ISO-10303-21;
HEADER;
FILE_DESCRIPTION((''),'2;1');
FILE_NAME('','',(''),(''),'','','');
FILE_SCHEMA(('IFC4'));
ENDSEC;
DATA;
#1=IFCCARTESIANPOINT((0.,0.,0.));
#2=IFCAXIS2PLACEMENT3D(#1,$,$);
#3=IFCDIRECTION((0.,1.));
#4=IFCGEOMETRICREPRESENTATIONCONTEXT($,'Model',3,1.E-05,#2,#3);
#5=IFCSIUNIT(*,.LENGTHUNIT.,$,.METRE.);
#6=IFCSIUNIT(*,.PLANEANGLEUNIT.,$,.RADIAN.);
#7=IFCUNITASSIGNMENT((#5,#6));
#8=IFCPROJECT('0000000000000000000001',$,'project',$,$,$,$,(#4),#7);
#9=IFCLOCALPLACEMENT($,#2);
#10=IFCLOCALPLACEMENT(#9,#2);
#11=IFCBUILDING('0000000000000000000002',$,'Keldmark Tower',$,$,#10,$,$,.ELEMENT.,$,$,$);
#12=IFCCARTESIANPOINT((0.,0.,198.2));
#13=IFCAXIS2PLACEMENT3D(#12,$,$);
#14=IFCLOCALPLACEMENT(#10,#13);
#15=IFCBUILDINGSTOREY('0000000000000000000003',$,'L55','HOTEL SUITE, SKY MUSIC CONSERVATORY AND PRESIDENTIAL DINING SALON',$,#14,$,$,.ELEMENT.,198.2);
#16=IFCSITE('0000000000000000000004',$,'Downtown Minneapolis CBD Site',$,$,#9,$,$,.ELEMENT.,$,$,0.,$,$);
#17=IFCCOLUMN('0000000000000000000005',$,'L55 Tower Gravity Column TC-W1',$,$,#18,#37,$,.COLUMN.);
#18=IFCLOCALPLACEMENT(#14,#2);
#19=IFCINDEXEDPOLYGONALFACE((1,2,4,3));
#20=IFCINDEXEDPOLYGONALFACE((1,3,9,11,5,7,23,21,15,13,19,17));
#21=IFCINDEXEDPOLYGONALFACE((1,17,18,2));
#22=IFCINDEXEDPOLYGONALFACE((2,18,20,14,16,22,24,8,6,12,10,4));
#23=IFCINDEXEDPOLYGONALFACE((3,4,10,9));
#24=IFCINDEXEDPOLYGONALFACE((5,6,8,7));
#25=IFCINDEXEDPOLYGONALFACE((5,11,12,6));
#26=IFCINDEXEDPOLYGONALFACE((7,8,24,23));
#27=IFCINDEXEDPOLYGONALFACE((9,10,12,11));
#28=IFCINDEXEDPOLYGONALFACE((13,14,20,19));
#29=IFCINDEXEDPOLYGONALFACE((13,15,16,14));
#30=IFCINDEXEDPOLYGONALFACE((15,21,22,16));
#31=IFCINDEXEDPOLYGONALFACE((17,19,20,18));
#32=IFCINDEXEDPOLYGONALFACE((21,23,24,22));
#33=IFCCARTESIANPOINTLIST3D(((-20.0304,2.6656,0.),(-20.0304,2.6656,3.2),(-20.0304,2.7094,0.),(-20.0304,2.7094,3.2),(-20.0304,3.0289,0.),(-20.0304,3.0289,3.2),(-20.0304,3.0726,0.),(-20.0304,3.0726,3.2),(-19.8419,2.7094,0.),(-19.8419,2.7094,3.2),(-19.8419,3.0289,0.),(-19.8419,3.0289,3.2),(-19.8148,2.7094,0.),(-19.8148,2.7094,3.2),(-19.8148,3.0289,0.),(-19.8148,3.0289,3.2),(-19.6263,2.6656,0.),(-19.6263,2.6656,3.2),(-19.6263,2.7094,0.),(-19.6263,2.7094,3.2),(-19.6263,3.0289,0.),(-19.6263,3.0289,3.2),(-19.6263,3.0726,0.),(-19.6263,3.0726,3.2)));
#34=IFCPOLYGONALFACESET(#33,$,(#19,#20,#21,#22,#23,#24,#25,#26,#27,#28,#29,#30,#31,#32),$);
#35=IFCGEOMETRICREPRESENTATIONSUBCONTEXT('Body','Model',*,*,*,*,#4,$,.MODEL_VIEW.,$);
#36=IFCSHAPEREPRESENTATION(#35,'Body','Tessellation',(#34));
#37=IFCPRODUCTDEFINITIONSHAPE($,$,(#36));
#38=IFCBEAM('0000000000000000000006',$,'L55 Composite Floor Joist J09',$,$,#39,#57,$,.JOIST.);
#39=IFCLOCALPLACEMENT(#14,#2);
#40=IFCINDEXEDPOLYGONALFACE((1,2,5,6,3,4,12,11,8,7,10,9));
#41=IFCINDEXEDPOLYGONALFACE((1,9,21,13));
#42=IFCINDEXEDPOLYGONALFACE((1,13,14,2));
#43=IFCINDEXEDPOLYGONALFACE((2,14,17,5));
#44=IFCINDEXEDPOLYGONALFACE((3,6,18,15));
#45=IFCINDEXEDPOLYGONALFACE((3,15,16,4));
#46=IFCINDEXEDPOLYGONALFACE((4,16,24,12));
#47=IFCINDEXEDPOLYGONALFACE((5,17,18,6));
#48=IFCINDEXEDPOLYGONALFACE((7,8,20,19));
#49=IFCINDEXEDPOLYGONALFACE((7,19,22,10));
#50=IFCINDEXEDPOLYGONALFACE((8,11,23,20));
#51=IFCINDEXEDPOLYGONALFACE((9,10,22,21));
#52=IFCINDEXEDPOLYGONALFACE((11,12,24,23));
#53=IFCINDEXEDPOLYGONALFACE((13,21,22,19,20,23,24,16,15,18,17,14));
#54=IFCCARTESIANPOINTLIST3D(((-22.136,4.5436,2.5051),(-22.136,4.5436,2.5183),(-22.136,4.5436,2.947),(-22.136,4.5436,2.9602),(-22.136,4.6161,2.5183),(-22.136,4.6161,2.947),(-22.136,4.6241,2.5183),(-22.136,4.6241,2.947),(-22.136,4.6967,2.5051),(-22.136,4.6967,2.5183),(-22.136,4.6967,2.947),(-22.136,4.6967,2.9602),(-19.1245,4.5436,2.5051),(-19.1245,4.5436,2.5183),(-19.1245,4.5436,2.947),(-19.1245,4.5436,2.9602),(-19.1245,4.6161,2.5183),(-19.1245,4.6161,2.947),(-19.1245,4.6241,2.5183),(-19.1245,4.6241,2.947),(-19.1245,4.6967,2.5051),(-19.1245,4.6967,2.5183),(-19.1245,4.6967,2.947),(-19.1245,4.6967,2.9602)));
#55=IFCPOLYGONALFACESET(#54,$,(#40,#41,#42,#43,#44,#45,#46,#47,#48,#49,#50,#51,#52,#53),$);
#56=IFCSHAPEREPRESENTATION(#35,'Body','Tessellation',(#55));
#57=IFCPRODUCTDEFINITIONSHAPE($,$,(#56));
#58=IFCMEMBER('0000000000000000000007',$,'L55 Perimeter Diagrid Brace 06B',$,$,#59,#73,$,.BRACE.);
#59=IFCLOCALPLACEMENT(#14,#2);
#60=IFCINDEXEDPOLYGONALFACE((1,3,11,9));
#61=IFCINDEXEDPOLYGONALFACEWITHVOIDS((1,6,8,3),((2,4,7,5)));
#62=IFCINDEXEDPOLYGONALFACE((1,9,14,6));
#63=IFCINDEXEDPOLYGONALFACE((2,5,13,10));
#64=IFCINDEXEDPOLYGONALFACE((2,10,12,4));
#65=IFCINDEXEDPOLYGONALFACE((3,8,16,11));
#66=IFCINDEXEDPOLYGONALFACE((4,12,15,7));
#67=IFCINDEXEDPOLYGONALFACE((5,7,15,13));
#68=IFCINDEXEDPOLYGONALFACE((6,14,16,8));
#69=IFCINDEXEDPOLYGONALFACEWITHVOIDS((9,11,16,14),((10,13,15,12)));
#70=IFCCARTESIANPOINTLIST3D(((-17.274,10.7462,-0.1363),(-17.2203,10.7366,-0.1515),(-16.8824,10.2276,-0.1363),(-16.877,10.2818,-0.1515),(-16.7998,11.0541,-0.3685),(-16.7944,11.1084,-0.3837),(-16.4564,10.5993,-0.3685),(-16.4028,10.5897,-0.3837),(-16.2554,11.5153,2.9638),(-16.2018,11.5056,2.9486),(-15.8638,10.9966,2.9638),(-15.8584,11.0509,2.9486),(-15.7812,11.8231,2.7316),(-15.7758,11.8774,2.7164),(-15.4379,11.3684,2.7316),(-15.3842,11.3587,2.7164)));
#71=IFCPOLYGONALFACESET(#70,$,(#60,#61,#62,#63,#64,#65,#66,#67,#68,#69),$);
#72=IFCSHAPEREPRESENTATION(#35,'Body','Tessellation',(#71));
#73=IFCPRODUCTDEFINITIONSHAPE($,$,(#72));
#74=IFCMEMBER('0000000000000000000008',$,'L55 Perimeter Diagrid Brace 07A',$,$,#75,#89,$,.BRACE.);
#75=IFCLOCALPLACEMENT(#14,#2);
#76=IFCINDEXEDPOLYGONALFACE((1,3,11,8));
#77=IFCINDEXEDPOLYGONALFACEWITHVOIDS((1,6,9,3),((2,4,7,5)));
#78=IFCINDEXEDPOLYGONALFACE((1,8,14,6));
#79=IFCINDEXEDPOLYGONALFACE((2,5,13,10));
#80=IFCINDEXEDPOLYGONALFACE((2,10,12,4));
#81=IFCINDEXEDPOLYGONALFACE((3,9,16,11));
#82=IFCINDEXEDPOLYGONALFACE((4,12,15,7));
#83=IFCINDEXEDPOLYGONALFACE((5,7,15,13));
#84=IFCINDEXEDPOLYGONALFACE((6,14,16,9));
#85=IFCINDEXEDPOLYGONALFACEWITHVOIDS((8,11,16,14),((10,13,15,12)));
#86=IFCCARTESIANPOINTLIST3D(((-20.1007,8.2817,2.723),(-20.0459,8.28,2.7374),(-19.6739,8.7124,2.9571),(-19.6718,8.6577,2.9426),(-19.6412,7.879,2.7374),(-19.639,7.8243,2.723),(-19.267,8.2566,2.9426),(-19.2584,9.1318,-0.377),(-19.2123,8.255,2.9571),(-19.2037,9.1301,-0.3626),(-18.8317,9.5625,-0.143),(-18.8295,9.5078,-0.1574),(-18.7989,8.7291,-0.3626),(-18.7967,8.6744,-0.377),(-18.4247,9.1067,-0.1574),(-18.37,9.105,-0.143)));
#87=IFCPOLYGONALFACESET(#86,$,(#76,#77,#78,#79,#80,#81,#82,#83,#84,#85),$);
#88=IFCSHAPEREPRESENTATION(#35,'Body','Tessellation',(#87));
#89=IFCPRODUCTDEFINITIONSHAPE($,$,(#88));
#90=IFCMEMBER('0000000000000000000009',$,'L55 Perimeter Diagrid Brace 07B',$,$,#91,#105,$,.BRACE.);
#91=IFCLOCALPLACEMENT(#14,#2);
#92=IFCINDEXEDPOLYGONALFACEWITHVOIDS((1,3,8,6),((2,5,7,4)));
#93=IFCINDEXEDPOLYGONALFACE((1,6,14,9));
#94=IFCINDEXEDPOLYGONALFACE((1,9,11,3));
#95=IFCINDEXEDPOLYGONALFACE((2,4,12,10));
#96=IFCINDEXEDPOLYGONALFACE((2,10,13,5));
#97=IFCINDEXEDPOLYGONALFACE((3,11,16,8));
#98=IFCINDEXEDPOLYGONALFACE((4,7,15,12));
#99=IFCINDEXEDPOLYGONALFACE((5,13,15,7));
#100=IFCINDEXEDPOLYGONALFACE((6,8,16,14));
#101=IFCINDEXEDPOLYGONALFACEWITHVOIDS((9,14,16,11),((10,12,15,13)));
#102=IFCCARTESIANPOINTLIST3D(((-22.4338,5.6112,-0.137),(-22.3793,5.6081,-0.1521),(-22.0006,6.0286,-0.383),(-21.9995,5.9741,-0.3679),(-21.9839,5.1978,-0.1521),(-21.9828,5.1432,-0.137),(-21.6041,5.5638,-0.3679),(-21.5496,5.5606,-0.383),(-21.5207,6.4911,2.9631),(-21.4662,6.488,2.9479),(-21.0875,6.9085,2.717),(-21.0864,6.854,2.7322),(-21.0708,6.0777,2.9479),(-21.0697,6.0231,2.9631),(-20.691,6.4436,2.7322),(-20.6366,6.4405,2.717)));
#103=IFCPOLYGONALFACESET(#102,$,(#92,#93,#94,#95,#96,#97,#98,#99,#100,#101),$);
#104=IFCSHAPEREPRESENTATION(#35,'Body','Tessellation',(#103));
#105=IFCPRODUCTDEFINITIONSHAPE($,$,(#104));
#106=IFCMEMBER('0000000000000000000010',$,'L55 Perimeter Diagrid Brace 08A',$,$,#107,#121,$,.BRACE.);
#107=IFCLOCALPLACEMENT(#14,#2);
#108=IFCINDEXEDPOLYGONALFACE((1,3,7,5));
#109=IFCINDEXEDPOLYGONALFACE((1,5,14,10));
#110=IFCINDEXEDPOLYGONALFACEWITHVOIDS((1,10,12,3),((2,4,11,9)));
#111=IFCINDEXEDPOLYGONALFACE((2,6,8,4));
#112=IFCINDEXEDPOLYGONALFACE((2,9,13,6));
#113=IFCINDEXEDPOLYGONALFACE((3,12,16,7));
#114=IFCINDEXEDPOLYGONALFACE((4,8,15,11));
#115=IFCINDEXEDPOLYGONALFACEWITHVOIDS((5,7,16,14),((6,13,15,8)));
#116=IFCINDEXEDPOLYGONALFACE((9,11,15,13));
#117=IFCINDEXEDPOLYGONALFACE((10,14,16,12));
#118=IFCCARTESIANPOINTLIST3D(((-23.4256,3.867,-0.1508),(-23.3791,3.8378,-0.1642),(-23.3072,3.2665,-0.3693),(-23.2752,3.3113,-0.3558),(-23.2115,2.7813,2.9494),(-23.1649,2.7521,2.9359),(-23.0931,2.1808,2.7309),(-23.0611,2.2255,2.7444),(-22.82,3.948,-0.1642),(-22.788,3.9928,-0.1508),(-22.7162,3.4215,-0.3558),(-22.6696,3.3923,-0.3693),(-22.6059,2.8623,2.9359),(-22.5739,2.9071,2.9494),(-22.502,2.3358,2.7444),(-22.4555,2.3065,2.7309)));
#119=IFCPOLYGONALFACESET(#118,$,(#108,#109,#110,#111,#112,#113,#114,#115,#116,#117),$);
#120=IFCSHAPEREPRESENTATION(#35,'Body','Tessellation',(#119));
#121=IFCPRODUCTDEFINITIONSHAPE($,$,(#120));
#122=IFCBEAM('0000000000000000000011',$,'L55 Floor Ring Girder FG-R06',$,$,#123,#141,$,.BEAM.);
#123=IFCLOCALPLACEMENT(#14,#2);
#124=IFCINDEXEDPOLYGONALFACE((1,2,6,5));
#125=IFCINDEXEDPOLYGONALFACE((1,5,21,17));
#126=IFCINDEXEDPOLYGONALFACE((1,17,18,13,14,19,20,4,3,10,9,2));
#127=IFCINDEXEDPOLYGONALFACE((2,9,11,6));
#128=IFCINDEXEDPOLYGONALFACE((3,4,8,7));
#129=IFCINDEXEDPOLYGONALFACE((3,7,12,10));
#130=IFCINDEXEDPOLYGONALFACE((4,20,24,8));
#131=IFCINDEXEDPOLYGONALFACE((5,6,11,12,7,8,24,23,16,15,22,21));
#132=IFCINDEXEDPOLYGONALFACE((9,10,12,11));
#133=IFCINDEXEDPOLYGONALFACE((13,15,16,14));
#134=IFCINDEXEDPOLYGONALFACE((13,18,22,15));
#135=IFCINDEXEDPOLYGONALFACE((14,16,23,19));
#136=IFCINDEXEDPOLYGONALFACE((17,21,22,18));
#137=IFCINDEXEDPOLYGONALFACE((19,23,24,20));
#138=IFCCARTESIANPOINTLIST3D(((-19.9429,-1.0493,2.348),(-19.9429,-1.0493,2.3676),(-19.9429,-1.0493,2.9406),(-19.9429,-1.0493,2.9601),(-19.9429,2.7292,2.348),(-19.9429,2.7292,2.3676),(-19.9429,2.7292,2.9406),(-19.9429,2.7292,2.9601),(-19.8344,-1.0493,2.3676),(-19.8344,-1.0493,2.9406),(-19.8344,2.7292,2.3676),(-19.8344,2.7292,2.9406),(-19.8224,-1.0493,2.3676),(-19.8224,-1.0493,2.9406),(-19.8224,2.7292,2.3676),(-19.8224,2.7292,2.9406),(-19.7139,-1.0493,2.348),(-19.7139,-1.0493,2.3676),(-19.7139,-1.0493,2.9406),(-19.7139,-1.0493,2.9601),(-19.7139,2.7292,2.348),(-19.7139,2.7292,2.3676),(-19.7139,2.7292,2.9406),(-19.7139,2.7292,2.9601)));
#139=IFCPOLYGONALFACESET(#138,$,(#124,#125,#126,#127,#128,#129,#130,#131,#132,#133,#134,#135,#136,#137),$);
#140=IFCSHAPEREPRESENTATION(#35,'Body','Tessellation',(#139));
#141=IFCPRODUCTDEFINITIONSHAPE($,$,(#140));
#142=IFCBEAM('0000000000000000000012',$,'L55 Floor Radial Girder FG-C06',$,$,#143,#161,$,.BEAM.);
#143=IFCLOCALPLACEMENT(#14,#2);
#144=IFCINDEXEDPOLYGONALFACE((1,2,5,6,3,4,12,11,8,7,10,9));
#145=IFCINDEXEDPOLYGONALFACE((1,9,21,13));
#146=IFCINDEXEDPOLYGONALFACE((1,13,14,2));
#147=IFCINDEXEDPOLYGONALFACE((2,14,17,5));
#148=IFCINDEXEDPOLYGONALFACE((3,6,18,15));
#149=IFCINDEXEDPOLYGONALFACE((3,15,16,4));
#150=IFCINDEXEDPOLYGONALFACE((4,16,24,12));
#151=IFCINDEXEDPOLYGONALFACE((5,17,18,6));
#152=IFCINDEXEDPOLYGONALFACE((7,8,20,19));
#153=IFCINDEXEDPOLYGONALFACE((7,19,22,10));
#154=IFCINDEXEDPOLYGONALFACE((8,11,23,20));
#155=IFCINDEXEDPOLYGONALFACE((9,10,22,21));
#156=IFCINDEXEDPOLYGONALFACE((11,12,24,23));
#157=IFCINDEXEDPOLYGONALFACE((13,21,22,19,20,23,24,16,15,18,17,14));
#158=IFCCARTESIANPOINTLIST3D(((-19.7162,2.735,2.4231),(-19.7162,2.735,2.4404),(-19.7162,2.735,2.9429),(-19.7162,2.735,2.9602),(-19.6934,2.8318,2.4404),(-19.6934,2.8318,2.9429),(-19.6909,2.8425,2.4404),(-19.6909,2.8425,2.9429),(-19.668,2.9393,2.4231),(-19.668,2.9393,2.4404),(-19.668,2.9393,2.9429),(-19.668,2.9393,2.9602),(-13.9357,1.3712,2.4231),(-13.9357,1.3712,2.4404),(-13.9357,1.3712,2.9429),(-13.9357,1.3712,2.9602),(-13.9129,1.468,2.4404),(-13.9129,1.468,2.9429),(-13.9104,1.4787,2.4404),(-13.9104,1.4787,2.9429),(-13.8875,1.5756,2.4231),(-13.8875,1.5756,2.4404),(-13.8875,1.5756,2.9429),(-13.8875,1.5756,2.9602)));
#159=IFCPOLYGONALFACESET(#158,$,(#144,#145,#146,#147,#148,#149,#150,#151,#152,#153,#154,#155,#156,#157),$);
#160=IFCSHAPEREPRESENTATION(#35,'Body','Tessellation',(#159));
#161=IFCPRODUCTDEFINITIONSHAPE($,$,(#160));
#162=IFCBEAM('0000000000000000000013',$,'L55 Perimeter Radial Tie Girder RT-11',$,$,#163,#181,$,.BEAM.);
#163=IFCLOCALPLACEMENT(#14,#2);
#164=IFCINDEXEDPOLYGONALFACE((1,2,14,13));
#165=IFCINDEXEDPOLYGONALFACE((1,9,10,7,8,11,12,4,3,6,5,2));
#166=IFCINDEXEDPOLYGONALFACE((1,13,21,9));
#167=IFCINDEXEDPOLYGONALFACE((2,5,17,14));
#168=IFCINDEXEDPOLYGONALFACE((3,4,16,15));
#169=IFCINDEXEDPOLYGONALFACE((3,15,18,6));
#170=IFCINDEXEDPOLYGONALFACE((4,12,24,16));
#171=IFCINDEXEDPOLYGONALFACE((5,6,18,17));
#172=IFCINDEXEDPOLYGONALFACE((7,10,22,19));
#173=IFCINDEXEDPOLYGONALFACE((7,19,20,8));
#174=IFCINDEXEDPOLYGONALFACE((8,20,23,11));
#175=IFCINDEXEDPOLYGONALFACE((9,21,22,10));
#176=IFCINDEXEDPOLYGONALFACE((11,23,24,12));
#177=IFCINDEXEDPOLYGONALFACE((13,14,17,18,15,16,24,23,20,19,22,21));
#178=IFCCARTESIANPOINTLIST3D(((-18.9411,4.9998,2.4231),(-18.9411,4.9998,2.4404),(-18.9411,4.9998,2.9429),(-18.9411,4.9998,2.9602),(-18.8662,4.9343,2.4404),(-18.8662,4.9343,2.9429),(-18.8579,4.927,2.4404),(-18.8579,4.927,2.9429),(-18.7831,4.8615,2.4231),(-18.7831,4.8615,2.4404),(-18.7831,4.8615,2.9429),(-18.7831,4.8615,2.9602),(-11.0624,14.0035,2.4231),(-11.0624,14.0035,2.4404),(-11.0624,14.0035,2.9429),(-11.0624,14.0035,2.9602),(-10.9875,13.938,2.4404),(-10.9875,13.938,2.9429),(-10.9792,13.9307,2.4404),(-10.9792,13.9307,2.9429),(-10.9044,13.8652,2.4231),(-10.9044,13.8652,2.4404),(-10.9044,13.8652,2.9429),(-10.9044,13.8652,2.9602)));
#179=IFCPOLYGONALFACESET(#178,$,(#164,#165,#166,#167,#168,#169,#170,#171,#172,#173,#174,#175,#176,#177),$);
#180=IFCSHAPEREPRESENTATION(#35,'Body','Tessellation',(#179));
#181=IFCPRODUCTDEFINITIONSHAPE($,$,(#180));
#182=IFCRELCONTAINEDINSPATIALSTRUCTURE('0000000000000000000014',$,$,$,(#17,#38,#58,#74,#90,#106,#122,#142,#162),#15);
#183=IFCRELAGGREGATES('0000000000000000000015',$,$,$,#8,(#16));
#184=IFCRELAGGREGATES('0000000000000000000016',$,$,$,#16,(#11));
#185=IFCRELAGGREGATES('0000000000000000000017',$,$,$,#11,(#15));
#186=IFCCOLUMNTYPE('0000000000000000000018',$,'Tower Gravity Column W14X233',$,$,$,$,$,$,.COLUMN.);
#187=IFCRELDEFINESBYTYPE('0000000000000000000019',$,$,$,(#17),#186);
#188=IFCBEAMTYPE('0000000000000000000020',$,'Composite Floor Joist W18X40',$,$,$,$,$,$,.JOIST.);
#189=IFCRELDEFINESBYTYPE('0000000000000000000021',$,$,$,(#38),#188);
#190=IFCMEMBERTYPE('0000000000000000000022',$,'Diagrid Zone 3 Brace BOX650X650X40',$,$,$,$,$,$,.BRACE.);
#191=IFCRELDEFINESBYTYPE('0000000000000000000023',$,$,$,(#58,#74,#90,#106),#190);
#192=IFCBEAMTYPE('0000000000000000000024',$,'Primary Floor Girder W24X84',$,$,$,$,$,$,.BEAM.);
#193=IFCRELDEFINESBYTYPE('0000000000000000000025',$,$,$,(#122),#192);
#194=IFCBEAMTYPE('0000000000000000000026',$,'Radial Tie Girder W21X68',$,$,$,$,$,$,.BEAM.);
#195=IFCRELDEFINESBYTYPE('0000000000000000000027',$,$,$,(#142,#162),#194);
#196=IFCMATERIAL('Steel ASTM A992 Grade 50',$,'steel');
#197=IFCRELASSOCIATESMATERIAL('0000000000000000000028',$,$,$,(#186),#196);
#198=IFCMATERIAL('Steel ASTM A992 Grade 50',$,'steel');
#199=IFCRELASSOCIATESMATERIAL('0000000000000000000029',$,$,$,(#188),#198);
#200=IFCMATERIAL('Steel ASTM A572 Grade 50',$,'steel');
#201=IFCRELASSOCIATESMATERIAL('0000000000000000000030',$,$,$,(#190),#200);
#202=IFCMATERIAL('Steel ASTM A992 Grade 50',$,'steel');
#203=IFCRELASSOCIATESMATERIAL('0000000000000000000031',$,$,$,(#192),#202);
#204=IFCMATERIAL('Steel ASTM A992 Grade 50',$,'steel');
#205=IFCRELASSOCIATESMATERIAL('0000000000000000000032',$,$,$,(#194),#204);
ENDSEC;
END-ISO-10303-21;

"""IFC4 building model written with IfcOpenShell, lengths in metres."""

from ifc_helpers import new_model, si_unit, direction, frame, origin, origin_2d, place, context, subcontext, project, spatial, hollow_rectangle, i_section, extrude, material, material_profile, profile_set, type_object, element, save


model = new_model("IFC4")

# Units and contexts
model_context = context("Model", 3, precision=1e-05, world=origin(), true_north=direction((0.0, 1.0)))
body_context = subcontext(model_context, "Body", "Model", "MODEL_VIEW")
ifc_project = project(units=[si_unit("LENGTHUNIT", "METRE"), si_unit("PLANEANGLEUNIT", "RADIAN")], contexts=[model_context])

# Site, building, storey
site_placement = place(None, origin())
site = spatial("IfcSite", under=ifc_project, at=site_placement, Name="Downtown Minneapolis CBD Site", CompositionType="ELEMENT", RefElevation=0.0)
building_placement = place(site_placement, origin())
building = spatial("IfcBuilding", under=site, at=building_placement, Name="Keldmark Tower", CompositionType="ELEMENT")
storey_placement = place(building_placement, frame((0.0, 0.0, 198.2)))
storey = spatial("IfcBuildingStorey", under=building, at=storey_placement, Name="L55", Description="HOTEL SUITE, SKY MUSIC CONSERVATORY AND PRESIDENTIAL DINING SALON", CompositionType="ELEMENT", Elevation=198.2)

# Column
ifc_material_1 = material(Name="Steel ASTM A992 Grade 50", Category="steel")
ifc_material_profile_1 = material_profile(ifc_material_1, i_section(OverallWidth=0.4041, OverallDepth=0.407, WebThickness=0.0271, FlangeThickness=0.0437, at=origin_2d()), Name="W14X233")
ifc_profile_set_1 = profile_set([ifc_material_profile_1], Name="Steel ASTM A992 Grade 50")
column_type = type_object("IfcColumnType", Name="Tower Gravity Column W14X233", PredefinedType="COLUMN", material=ifc_profile_set_1)
column_placement = place(storey_placement, frame((-19.8284, 2.8691, 0.0), z_axis=(0.0, 0.0, 1.0), x_axis=(1.0, 0.0, 0.0)))
element("IfcColumn", 1, at=column_placement, inside=storey, type_object=column_type, Name="L55 Tower Gravity Column TC-W1", PredefinedType="COLUMN", context=body_context, shape_type="SweptSolid", body=[
    extrude(i_section(OverallWidth=0.4041, OverallDepth=0.407, WebThickness=0.0271, FlangeThickness=0.0437, at=origin_2d()), origin(), (0.0, 0.0, 1.0), 3.2),
])

# Beam
ifc_material_2 = material(Name="Steel ASTM A992 Grade 50", Category="steel")
ifc_material_profile_2 = material_profile(ifc_material_2, i_section(OverallWidth=0.1531, OverallDepth=0.4551, WebThickness=0.0081, FlangeThickness=0.0132, at=origin_2d()), Name="W18X40")
ifc_profile_set_2 = profile_set([ifc_material_profile_2], Name="Steel ASTM A992 Grade 50")
beam_type_1 = type_object("IfcBeamType", Name="Composite Floor Joist W18X40", PredefinedType="JOIST", material=ifc_profile_set_2)
beam_1_placement = place(storey_placement, frame((-22.136, 4.6201, 2.7327), z_axis=(1.0, 0.0, 0.0), x_axis=(0.0, 1.0, 0.0)))
element("IfcBeam", 2, at=beam_1_placement, inside=storey, type_object=beam_type_1, Name="L55 Composite Floor Joist J09", PredefinedType="JOIST", context=body_context, shape_type="SweptSolid", body=[
    extrude(i_section(OverallWidth=0.1531, OverallDepth=0.4551, WebThickness=0.0081, FlangeThickness=0.0132, at=origin_2d()), origin(), (0.0, 0.0, 1.0), 3.0115),
])

# Members
ifc_material_3 = material(Name="Steel ASTM A572 Grade 50", Category="steel")
ifc_material_profile_3 = material_profile(ifc_material_3, hollow_rectangle(XDim=0.6499, YDim=0.6499, WallThickness=0.04, at=origin_2d()), Name="BOX650X650X40")
ifc_profile_set_3 = profile_set([ifc_material_profile_3], Name="Steel ASTM A572 Grade 50")
member_type = type_object("IfcMemberType", Name="Diagrid Zone 3 Brace BOX650X650X40", PredefinedType="BRACE", material=ifc_profile_set_3)
member_1_placement = place(storey_placement, frame((-16.8384, 10.668, -0.26), z_axis=(0.303816, 0.229392, 0.924703), x_axis=(-0.602568, 0.798068, 0.0)))
element("IfcMember", 3, at=member_1_placement, inside=storey, type_object=member_type, Name="L55 Perimeter Diagrid Brace 06B", PredefinedType="BRACE", context=body_context, shape_type="SweptSolid", body=[
    extrude(hollow_rectangle(XDim=0.6499, YDim=0.6499, WallThickness=0.04, at=origin_2d()), origin(), (0.0, 0.0, 1.0), 3.3525),
])
member_2_placement = place(storey_placement, frame((-18.8142, 9.1184, -0.26), z_axis=(-0.253467, -0.255818, 0.932905), x_axis=(0.710363, -0.703835, 0.0)))
element("IfcMember", 4, at=member_2_placement, inside=storey, type_object=member_type, Name="L55 Perimeter Diagrid Brace 07A", PredefinedType="BRACE", context=body_context, shape_type="SweptSolid", body=[
    extrude(hollow_rectangle(XDim=0.6499, YDim=0.6499, WallThickness=0.04, at=origin_2d()), origin(), (0.0, 0.0, 1.0), 3.323),
])
member_3_placement = place(storey_placement, frame((-21.9917, 5.5859, -0.26), z_axis=(0.272611, 0.262698, 0.925566), x_axis=(-0.693893, 0.720078, 0.0)))
element("IfcMember", 5, at=member_3_placement, inside=storey, type_object=member_type, Name="L55 Perimeter Diagrid Brace 07B", PredefinedType="BRACE", context=body_context, shape_type="SweptSolid", body=[
    extrude(hollow_rectangle(XDim=0.6499, YDim=0.6499, WallThickness=0.04, at=origin_2d()), origin(), (0.0, 0.0, 1.0), 3.3494),
])
member_4_placement = place(storey_placement, frame((-23.0476, 3.6296, -0.26), z_axis=(0.065046, -0.329829, 0.941797), x_axis=(0.981103, 0.193485, 0.0)))
element("IfcMember", 6, at=member_4_placement, inside=storey, type_object=member_type, Name="L55 Perimeter Diagrid Brace 08A", PredefinedType="BRACE", context=body_context, shape_type="SweptSolid", body=[
    extrude(hollow_rectangle(XDim=0.6499, YDim=0.6499, WallThickness=0.04, at=origin_2d()), origin(), (0.0, 0.0, 1.0), 3.2917),
])

# Beams
ifc_material_4 = material(Name="Steel ASTM A992 Grade 50", Category="steel")
ifc_material_profile_4 = material_profile(ifc_material_4, i_section(OverallWidth=0.229, OverallDepth=0.6121, WebThickness=0.012, FlangeThickness=0.0195, at=origin_2d()), Name="W24X84")
ifc_profile_set_4 = profile_set([ifc_material_profile_4], Name="Steel ASTM A992 Grade 50")
beam_type_2 = type_object("IfcBeamType", Name="Primary Floor Girder W24X84", PredefinedType="BEAM", material=ifc_profile_set_4)
beam_2_placement = place(storey_placement, frame((-19.8284, 2.7292, 2.6541), z_axis=(0.0, -1.0, 0.0), x_axis=(1.0, 0.0, 0.0)))
element("IfcBeam", 7, at=beam_2_placement, inside=storey, type_object=beam_type_2, Name="L55 Floor Ring Girder FG-R06", PredefinedType="BEAM", context=body_context, shape_type="SweptSolid", body=[
    extrude(i_section(OverallWidth=0.229, OverallDepth=0.6121, WebThickness=0.012, FlangeThickness=0.0195, at=origin_2d()), origin(), (0.0, 0.0, 1.0), 3.7786),
])
ifc_material_5 = material(Name="Steel ASTM A992 Grade 50", Category="steel")
ifc_material_profile_5 = material_profile(ifc_material_5, i_section(OverallWidth=0.21, OverallDepth=0.5371, WebThickness=0.011, FlangeThickness=0.0173, at=origin_2d()), Name="W21X68")
ifc_profile_set_5 = profile_set([ifc_material_profile_5], Name="Steel ASTM A992 Grade 50")
beam_type_3 = type_object("IfcBeamType", Name="Radial Tie Girder W21X68", PredefinedType="BEAM", material=ifc_profile_set_5)
beam_3_placement = place(storey_placement, frame((-19.6921, 2.8372, 2.6917), z_axis=(0.97328, -0.229621, 0.0), x_axis=(0.229621, 0.97328, 0.0)))
element("IfcBeam", 8, at=beam_3_placement, inside=storey, type_object=beam_type_3, Name="L55 Floor Radial Girder FG-C06", PredefinedType="BEAM", context=body_context, shape_type="SweptSolid", body=[
    extrude(i_section(OverallWidth=0.21, OverallDepth=0.5371, WebThickness=0.011, FlangeThickness=0.0173, at=origin_2d()), origin(), (0.0, 0.0, 1.0), 5.9392),
])
beam_4_placement = place(storey_placement, frame((-18.8621, 4.9307, 2.6917), z_axis=(0.658526, 0.752558, 0.0), x_axis=(-0.752558, 0.658526, 0.0)))
element("IfcBeam", 9, at=beam_4_placement, inside=storey, type_object=beam_type_3, Name="L55 Perimeter Radial Tie Girder RT-11", PredefinedType="BEAM", context=body_context, shape_type="SweptSolid", body=[
    extrude(i_section(OverallWidth=0.21, OverallDepth=0.5371, WebThickness=0.011, FlangeThickness=0.0173, at=origin_2d()), origin(), (0.0, 0.0, 1.0), 11.9641),
])

save(model, "model.ifc")
